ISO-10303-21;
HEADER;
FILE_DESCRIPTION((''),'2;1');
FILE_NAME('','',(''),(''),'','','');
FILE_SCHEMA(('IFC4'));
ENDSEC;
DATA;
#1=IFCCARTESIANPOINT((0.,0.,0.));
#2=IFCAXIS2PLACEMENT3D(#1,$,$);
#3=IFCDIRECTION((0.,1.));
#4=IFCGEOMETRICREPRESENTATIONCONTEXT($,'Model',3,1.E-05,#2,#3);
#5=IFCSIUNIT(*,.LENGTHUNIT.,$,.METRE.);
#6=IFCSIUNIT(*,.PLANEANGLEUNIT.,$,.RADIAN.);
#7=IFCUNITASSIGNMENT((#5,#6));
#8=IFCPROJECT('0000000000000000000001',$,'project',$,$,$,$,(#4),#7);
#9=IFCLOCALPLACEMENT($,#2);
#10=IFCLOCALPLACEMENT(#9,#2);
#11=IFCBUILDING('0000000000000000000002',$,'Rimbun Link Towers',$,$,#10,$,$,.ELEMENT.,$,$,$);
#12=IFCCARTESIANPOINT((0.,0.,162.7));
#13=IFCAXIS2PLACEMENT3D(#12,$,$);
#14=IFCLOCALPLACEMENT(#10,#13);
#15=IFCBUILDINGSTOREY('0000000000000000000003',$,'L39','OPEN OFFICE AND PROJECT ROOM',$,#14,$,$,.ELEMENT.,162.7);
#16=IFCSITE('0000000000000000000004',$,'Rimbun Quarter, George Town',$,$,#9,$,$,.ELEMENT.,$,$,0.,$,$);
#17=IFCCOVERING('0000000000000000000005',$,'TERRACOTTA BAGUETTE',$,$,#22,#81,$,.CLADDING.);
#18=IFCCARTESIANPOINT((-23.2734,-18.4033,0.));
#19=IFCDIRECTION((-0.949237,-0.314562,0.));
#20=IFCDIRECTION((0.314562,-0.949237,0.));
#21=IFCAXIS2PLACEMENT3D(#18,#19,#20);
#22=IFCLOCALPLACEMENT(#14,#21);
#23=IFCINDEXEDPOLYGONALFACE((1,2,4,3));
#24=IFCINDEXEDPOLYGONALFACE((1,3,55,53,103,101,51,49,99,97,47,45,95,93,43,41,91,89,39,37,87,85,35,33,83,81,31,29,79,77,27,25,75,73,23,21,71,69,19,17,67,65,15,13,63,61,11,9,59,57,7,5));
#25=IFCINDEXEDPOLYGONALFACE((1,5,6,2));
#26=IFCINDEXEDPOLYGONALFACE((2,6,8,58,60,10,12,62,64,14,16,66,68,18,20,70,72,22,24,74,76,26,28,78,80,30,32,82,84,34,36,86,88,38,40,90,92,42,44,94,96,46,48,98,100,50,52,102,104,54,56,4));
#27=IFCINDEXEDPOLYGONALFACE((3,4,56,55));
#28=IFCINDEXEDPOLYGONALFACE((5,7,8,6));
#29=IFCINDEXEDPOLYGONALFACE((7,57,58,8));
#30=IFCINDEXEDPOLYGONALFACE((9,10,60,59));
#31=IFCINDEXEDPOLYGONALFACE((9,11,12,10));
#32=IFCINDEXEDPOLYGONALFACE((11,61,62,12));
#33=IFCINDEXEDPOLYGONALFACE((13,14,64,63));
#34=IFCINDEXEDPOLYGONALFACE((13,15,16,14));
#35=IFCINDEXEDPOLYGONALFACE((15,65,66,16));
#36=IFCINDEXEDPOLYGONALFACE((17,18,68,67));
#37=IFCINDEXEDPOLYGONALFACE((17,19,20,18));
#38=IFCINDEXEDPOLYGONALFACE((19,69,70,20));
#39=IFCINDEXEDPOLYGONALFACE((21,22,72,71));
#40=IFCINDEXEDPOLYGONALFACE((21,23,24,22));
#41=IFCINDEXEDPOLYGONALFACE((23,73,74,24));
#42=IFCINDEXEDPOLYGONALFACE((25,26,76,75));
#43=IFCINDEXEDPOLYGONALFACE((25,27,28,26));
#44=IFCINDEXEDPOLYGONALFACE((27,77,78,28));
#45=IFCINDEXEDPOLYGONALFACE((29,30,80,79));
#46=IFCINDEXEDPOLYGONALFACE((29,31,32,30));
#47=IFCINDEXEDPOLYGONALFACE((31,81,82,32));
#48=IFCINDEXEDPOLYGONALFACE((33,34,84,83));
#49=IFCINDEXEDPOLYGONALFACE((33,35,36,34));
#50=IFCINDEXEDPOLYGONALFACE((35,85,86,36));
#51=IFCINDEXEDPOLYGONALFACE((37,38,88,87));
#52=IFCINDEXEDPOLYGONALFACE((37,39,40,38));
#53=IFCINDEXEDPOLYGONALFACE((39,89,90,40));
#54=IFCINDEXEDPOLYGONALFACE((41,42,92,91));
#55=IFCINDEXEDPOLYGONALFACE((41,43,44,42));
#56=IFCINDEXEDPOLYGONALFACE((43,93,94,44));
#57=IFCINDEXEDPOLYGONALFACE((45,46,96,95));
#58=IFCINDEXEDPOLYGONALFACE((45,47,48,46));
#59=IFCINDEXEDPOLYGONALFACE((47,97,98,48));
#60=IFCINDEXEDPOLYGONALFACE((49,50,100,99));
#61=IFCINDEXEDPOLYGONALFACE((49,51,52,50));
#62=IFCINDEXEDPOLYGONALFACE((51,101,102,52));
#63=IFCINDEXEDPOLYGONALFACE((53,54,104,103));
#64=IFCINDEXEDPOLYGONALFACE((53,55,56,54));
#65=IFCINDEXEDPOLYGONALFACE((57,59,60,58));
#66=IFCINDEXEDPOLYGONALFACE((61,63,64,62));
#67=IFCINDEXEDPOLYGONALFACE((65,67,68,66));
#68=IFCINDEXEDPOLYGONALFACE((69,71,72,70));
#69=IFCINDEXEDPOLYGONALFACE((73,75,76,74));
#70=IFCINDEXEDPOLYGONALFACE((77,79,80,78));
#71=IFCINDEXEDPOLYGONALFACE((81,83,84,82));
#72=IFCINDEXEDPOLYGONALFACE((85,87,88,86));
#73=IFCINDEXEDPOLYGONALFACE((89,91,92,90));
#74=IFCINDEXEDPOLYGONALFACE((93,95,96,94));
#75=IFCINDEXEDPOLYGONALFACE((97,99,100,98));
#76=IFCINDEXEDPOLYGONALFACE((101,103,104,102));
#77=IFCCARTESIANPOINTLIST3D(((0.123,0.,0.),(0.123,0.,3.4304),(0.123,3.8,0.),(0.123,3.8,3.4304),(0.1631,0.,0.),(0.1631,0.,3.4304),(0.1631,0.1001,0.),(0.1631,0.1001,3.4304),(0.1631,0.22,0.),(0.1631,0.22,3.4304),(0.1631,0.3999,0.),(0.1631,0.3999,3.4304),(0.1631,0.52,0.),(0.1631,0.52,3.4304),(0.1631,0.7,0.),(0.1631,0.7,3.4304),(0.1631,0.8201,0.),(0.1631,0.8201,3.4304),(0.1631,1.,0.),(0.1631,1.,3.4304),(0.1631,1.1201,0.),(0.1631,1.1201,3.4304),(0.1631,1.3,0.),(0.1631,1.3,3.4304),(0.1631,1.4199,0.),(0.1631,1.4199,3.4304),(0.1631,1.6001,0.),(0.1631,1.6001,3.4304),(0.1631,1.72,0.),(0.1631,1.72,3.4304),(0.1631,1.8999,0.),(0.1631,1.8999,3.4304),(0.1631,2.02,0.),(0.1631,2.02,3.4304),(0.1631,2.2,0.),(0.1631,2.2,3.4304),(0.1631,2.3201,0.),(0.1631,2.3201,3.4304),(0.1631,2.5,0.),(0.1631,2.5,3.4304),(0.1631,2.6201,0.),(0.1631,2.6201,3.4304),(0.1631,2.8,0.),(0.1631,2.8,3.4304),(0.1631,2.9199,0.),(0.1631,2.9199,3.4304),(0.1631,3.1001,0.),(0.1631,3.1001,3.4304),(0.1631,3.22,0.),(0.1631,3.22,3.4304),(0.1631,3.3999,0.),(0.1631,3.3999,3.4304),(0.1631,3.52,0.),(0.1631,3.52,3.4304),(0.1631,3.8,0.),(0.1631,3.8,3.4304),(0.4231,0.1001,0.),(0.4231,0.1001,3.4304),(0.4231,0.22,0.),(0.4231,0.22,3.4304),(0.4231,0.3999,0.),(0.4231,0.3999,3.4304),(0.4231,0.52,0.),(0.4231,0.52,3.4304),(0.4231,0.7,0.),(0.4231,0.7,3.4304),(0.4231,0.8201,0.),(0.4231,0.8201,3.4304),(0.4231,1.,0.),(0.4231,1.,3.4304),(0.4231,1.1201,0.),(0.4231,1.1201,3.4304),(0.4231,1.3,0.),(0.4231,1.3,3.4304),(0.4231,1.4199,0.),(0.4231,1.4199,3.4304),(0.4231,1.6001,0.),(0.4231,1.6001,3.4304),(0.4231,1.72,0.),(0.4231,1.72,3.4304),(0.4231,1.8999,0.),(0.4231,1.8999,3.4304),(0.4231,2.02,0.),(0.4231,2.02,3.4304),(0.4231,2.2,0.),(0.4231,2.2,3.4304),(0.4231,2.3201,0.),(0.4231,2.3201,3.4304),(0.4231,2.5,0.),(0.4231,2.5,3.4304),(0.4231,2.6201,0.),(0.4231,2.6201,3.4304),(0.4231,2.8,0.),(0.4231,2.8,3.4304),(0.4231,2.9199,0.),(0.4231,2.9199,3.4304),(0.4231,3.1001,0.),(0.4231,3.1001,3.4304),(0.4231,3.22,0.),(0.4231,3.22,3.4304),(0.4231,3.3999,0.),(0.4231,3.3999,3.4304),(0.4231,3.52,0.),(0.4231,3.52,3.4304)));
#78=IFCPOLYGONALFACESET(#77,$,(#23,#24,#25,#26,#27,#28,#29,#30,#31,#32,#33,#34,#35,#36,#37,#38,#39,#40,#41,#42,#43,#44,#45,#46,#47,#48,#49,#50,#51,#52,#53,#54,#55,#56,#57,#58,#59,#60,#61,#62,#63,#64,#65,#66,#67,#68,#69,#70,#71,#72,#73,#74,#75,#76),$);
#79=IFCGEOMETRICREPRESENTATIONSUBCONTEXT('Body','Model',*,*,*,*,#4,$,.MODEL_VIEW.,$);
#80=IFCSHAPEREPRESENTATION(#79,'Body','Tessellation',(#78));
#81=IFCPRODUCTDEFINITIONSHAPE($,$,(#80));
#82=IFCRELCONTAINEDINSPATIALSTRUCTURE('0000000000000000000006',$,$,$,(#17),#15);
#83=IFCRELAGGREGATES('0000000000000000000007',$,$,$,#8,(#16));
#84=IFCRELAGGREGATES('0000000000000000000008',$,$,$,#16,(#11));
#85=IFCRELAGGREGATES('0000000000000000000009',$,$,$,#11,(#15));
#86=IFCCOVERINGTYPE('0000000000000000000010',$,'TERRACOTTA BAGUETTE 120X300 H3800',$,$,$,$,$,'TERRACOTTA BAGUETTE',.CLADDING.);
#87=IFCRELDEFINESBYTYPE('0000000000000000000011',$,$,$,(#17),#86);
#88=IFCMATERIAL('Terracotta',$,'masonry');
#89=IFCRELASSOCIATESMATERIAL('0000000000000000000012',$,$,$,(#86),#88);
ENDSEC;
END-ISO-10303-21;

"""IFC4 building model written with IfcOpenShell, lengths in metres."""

from ifc_helpers import new_model, si_unit, direction, frame, origin, place, context, subcontext, project, spatial, polyline, outline, extrude, material, material_profile, profile_set, type_object, element, save


model = new_model("IFC4")

# Units and contexts
model_context = context("Model", 3, precision=1e-05, world=origin(), true_north=direction((0.0, 1.0)))
body_context = subcontext(model_context, "Body", "Model", "MODEL_VIEW")
ifc_project = project(units=[si_unit("LENGTHUNIT", "METRE"), si_unit("PLANEANGLEUNIT", "RADIAN")], contexts=[model_context])

# Site, building, storey
site_placement = place(None, origin())
site = spatial("IfcSite", under=ifc_project, at=site_placement, Name="Rimbun Quarter, George Town", CompositionType="ELEMENT", RefElevation=0.0)
building_placement = place(site_placement, origin())
building = spatial("IfcBuilding", under=site, at=building_placement, Name="Rimbun Link Towers", CompositionType="ELEMENT")
storey_placement = place(building_placement, frame((0.0, 0.0, 162.7)))
storey = spatial("IfcBuildingStorey", under=building, at=storey_placement, Name="L39", Description="OPEN OFFICE AND PROJECT ROOM", CompositionType="ELEMENT", Elevation=162.7)

# Covering
ifc_material_1 = material(Name="Terracotta", Category="masonry")
ifc_material_profile_1 = material_profile(ifc_material_1, outline(polyline([(0.123, 0.0), (0.1631, 0.0), (0.1631, 0.1001), (0.4231, 0.1001), (0.4231, 0.22), (0.1631, 0.22), (0.1631, 0.3999), (0.4231, 0.3999), (0.4231, 0.52), (0.1631, 0.52), (0.1631, 0.7), (0.4231, 0.7), (0.4231, 0.8201), (0.1631, 0.8201), (0.1631, 1.0), (0.4231, 1.0), (0.4231, 1.1201), (0.1631, 1.1201), (0.1631, 1.3), (0.4231, 1.3), (0.4231, 1.4199), (0.1631, 1.4199), (0.1631, 1.6001), (0.4231, 1.6001), (0.4231, 1.72), (0.1631, 1.72), (0.1631, 1.8999), (0.4231, 1.8999), (0.4231, 2.02), (0.1631, 2.02), (0.1631, 2.2), (0.4231, 2.2), (0.4231, 2.3201), (0.1631, 2.3201), (0.1631, 2.5), (0.4231, 2.5), (0.4231, 2.6201), (0.1631, 2.6201), (0.1631, 2.8), (0.4231, 2.8), (0.4231, 2.9199), (0.1631, 2.9199), (0.1631, 3.1001), (0.4231, 3.1001), (0.4231, 3.22), (0.1631, 3.22), (0.1631, 3.3999), (0.4231, 3.3999), (0.4231, 3.52), (0.1631, 3.52), (0.1631, 3.8), (0.123, 3.8), (0.123, 0.0)])), Name="BAGUETTE 120X300")
ifc_profile_set_1 = profile_set([ifc_material_profile_1], Name="Terracotta")
covering_type = type_object("IfcCoveringType", Name="TERRACOTTA BAGUETTE 120X300 H3800", ElementType="TERRACOTTA BAGUETTE", PredefinedType="CLADDING", material=ifc_profile_set_1)
covering_1_placement = place(storey_placement, frame((-23.2734, -18.4033, 0.0), z_axis=(-0.949237, -0.314562, 0.0), x_axis=(0.314562, -0.949237, 0.0)))
element("IfcCovering", 1, at=covering_1_placement, inside=storey, type_object=covering_type, Name="TERRACOTTA BAGUETTE", PredefinedType="CLADDING", context=body_context, shape_type="SweptSolid", body=[
    extrude(outline(polyline([(0.123, 0.0), (0.1631, 0.0), (0.1631, 0.1001), (0.4231, 0.1001), (0.4231, 0.22), (0.1631, 0.22), (0.1631, 0.3999), (0.4231, 0.3999), (0.4231, 0.52), (0.1631, 0.52), (0.1631, 0.7), (0.4231, 0.7), (0.4231, 0.8201), (0.1631, 0.8201), (0.1631, 1.0), (0.4231, 1.0), (0.4231, 1.1201), (0.1631, 1.1201), (0.1631, 1.3), (0.4231, 1.3), (0.4231, 1.4199), (0.1631, 1.4199), (0.1631, 1.6001), (0.4231, 1.6001), (0.4231, 1.72), (0.1631, 1.72), (0.1631, 1.8999), (0.4231, 1.8999), (0.4231, 2.02), (0.1631, 2.02), (0.1631, 2.2), (0.4231, 2.2), (0.4231, 2.3201), (0.1631, 2.3201), (0.1631, 2.5), (0.4231, 2.5), (0.4231, 2.6201), (0.1631, 2.6201), (0.1631, 2.8), (0.4231, 2.8), (0.4231, 2.9199), (0.1631, 2.9199), (0.1631, 3.1001), (0.4231, 3.1001), (0.4231, 3.22), (0.1631, 3.22), (0.1631, 3.3999), (0.4231, 3.3999), (0.4231, 3.52), (0.1631, 3.52), (0.1631, 3.8), (0.123, 3.8), (0.123, 0.0)])), origin(), (0.0, 0.0, 1.0), 3.4304),
])

save(model, "model.ifc")
